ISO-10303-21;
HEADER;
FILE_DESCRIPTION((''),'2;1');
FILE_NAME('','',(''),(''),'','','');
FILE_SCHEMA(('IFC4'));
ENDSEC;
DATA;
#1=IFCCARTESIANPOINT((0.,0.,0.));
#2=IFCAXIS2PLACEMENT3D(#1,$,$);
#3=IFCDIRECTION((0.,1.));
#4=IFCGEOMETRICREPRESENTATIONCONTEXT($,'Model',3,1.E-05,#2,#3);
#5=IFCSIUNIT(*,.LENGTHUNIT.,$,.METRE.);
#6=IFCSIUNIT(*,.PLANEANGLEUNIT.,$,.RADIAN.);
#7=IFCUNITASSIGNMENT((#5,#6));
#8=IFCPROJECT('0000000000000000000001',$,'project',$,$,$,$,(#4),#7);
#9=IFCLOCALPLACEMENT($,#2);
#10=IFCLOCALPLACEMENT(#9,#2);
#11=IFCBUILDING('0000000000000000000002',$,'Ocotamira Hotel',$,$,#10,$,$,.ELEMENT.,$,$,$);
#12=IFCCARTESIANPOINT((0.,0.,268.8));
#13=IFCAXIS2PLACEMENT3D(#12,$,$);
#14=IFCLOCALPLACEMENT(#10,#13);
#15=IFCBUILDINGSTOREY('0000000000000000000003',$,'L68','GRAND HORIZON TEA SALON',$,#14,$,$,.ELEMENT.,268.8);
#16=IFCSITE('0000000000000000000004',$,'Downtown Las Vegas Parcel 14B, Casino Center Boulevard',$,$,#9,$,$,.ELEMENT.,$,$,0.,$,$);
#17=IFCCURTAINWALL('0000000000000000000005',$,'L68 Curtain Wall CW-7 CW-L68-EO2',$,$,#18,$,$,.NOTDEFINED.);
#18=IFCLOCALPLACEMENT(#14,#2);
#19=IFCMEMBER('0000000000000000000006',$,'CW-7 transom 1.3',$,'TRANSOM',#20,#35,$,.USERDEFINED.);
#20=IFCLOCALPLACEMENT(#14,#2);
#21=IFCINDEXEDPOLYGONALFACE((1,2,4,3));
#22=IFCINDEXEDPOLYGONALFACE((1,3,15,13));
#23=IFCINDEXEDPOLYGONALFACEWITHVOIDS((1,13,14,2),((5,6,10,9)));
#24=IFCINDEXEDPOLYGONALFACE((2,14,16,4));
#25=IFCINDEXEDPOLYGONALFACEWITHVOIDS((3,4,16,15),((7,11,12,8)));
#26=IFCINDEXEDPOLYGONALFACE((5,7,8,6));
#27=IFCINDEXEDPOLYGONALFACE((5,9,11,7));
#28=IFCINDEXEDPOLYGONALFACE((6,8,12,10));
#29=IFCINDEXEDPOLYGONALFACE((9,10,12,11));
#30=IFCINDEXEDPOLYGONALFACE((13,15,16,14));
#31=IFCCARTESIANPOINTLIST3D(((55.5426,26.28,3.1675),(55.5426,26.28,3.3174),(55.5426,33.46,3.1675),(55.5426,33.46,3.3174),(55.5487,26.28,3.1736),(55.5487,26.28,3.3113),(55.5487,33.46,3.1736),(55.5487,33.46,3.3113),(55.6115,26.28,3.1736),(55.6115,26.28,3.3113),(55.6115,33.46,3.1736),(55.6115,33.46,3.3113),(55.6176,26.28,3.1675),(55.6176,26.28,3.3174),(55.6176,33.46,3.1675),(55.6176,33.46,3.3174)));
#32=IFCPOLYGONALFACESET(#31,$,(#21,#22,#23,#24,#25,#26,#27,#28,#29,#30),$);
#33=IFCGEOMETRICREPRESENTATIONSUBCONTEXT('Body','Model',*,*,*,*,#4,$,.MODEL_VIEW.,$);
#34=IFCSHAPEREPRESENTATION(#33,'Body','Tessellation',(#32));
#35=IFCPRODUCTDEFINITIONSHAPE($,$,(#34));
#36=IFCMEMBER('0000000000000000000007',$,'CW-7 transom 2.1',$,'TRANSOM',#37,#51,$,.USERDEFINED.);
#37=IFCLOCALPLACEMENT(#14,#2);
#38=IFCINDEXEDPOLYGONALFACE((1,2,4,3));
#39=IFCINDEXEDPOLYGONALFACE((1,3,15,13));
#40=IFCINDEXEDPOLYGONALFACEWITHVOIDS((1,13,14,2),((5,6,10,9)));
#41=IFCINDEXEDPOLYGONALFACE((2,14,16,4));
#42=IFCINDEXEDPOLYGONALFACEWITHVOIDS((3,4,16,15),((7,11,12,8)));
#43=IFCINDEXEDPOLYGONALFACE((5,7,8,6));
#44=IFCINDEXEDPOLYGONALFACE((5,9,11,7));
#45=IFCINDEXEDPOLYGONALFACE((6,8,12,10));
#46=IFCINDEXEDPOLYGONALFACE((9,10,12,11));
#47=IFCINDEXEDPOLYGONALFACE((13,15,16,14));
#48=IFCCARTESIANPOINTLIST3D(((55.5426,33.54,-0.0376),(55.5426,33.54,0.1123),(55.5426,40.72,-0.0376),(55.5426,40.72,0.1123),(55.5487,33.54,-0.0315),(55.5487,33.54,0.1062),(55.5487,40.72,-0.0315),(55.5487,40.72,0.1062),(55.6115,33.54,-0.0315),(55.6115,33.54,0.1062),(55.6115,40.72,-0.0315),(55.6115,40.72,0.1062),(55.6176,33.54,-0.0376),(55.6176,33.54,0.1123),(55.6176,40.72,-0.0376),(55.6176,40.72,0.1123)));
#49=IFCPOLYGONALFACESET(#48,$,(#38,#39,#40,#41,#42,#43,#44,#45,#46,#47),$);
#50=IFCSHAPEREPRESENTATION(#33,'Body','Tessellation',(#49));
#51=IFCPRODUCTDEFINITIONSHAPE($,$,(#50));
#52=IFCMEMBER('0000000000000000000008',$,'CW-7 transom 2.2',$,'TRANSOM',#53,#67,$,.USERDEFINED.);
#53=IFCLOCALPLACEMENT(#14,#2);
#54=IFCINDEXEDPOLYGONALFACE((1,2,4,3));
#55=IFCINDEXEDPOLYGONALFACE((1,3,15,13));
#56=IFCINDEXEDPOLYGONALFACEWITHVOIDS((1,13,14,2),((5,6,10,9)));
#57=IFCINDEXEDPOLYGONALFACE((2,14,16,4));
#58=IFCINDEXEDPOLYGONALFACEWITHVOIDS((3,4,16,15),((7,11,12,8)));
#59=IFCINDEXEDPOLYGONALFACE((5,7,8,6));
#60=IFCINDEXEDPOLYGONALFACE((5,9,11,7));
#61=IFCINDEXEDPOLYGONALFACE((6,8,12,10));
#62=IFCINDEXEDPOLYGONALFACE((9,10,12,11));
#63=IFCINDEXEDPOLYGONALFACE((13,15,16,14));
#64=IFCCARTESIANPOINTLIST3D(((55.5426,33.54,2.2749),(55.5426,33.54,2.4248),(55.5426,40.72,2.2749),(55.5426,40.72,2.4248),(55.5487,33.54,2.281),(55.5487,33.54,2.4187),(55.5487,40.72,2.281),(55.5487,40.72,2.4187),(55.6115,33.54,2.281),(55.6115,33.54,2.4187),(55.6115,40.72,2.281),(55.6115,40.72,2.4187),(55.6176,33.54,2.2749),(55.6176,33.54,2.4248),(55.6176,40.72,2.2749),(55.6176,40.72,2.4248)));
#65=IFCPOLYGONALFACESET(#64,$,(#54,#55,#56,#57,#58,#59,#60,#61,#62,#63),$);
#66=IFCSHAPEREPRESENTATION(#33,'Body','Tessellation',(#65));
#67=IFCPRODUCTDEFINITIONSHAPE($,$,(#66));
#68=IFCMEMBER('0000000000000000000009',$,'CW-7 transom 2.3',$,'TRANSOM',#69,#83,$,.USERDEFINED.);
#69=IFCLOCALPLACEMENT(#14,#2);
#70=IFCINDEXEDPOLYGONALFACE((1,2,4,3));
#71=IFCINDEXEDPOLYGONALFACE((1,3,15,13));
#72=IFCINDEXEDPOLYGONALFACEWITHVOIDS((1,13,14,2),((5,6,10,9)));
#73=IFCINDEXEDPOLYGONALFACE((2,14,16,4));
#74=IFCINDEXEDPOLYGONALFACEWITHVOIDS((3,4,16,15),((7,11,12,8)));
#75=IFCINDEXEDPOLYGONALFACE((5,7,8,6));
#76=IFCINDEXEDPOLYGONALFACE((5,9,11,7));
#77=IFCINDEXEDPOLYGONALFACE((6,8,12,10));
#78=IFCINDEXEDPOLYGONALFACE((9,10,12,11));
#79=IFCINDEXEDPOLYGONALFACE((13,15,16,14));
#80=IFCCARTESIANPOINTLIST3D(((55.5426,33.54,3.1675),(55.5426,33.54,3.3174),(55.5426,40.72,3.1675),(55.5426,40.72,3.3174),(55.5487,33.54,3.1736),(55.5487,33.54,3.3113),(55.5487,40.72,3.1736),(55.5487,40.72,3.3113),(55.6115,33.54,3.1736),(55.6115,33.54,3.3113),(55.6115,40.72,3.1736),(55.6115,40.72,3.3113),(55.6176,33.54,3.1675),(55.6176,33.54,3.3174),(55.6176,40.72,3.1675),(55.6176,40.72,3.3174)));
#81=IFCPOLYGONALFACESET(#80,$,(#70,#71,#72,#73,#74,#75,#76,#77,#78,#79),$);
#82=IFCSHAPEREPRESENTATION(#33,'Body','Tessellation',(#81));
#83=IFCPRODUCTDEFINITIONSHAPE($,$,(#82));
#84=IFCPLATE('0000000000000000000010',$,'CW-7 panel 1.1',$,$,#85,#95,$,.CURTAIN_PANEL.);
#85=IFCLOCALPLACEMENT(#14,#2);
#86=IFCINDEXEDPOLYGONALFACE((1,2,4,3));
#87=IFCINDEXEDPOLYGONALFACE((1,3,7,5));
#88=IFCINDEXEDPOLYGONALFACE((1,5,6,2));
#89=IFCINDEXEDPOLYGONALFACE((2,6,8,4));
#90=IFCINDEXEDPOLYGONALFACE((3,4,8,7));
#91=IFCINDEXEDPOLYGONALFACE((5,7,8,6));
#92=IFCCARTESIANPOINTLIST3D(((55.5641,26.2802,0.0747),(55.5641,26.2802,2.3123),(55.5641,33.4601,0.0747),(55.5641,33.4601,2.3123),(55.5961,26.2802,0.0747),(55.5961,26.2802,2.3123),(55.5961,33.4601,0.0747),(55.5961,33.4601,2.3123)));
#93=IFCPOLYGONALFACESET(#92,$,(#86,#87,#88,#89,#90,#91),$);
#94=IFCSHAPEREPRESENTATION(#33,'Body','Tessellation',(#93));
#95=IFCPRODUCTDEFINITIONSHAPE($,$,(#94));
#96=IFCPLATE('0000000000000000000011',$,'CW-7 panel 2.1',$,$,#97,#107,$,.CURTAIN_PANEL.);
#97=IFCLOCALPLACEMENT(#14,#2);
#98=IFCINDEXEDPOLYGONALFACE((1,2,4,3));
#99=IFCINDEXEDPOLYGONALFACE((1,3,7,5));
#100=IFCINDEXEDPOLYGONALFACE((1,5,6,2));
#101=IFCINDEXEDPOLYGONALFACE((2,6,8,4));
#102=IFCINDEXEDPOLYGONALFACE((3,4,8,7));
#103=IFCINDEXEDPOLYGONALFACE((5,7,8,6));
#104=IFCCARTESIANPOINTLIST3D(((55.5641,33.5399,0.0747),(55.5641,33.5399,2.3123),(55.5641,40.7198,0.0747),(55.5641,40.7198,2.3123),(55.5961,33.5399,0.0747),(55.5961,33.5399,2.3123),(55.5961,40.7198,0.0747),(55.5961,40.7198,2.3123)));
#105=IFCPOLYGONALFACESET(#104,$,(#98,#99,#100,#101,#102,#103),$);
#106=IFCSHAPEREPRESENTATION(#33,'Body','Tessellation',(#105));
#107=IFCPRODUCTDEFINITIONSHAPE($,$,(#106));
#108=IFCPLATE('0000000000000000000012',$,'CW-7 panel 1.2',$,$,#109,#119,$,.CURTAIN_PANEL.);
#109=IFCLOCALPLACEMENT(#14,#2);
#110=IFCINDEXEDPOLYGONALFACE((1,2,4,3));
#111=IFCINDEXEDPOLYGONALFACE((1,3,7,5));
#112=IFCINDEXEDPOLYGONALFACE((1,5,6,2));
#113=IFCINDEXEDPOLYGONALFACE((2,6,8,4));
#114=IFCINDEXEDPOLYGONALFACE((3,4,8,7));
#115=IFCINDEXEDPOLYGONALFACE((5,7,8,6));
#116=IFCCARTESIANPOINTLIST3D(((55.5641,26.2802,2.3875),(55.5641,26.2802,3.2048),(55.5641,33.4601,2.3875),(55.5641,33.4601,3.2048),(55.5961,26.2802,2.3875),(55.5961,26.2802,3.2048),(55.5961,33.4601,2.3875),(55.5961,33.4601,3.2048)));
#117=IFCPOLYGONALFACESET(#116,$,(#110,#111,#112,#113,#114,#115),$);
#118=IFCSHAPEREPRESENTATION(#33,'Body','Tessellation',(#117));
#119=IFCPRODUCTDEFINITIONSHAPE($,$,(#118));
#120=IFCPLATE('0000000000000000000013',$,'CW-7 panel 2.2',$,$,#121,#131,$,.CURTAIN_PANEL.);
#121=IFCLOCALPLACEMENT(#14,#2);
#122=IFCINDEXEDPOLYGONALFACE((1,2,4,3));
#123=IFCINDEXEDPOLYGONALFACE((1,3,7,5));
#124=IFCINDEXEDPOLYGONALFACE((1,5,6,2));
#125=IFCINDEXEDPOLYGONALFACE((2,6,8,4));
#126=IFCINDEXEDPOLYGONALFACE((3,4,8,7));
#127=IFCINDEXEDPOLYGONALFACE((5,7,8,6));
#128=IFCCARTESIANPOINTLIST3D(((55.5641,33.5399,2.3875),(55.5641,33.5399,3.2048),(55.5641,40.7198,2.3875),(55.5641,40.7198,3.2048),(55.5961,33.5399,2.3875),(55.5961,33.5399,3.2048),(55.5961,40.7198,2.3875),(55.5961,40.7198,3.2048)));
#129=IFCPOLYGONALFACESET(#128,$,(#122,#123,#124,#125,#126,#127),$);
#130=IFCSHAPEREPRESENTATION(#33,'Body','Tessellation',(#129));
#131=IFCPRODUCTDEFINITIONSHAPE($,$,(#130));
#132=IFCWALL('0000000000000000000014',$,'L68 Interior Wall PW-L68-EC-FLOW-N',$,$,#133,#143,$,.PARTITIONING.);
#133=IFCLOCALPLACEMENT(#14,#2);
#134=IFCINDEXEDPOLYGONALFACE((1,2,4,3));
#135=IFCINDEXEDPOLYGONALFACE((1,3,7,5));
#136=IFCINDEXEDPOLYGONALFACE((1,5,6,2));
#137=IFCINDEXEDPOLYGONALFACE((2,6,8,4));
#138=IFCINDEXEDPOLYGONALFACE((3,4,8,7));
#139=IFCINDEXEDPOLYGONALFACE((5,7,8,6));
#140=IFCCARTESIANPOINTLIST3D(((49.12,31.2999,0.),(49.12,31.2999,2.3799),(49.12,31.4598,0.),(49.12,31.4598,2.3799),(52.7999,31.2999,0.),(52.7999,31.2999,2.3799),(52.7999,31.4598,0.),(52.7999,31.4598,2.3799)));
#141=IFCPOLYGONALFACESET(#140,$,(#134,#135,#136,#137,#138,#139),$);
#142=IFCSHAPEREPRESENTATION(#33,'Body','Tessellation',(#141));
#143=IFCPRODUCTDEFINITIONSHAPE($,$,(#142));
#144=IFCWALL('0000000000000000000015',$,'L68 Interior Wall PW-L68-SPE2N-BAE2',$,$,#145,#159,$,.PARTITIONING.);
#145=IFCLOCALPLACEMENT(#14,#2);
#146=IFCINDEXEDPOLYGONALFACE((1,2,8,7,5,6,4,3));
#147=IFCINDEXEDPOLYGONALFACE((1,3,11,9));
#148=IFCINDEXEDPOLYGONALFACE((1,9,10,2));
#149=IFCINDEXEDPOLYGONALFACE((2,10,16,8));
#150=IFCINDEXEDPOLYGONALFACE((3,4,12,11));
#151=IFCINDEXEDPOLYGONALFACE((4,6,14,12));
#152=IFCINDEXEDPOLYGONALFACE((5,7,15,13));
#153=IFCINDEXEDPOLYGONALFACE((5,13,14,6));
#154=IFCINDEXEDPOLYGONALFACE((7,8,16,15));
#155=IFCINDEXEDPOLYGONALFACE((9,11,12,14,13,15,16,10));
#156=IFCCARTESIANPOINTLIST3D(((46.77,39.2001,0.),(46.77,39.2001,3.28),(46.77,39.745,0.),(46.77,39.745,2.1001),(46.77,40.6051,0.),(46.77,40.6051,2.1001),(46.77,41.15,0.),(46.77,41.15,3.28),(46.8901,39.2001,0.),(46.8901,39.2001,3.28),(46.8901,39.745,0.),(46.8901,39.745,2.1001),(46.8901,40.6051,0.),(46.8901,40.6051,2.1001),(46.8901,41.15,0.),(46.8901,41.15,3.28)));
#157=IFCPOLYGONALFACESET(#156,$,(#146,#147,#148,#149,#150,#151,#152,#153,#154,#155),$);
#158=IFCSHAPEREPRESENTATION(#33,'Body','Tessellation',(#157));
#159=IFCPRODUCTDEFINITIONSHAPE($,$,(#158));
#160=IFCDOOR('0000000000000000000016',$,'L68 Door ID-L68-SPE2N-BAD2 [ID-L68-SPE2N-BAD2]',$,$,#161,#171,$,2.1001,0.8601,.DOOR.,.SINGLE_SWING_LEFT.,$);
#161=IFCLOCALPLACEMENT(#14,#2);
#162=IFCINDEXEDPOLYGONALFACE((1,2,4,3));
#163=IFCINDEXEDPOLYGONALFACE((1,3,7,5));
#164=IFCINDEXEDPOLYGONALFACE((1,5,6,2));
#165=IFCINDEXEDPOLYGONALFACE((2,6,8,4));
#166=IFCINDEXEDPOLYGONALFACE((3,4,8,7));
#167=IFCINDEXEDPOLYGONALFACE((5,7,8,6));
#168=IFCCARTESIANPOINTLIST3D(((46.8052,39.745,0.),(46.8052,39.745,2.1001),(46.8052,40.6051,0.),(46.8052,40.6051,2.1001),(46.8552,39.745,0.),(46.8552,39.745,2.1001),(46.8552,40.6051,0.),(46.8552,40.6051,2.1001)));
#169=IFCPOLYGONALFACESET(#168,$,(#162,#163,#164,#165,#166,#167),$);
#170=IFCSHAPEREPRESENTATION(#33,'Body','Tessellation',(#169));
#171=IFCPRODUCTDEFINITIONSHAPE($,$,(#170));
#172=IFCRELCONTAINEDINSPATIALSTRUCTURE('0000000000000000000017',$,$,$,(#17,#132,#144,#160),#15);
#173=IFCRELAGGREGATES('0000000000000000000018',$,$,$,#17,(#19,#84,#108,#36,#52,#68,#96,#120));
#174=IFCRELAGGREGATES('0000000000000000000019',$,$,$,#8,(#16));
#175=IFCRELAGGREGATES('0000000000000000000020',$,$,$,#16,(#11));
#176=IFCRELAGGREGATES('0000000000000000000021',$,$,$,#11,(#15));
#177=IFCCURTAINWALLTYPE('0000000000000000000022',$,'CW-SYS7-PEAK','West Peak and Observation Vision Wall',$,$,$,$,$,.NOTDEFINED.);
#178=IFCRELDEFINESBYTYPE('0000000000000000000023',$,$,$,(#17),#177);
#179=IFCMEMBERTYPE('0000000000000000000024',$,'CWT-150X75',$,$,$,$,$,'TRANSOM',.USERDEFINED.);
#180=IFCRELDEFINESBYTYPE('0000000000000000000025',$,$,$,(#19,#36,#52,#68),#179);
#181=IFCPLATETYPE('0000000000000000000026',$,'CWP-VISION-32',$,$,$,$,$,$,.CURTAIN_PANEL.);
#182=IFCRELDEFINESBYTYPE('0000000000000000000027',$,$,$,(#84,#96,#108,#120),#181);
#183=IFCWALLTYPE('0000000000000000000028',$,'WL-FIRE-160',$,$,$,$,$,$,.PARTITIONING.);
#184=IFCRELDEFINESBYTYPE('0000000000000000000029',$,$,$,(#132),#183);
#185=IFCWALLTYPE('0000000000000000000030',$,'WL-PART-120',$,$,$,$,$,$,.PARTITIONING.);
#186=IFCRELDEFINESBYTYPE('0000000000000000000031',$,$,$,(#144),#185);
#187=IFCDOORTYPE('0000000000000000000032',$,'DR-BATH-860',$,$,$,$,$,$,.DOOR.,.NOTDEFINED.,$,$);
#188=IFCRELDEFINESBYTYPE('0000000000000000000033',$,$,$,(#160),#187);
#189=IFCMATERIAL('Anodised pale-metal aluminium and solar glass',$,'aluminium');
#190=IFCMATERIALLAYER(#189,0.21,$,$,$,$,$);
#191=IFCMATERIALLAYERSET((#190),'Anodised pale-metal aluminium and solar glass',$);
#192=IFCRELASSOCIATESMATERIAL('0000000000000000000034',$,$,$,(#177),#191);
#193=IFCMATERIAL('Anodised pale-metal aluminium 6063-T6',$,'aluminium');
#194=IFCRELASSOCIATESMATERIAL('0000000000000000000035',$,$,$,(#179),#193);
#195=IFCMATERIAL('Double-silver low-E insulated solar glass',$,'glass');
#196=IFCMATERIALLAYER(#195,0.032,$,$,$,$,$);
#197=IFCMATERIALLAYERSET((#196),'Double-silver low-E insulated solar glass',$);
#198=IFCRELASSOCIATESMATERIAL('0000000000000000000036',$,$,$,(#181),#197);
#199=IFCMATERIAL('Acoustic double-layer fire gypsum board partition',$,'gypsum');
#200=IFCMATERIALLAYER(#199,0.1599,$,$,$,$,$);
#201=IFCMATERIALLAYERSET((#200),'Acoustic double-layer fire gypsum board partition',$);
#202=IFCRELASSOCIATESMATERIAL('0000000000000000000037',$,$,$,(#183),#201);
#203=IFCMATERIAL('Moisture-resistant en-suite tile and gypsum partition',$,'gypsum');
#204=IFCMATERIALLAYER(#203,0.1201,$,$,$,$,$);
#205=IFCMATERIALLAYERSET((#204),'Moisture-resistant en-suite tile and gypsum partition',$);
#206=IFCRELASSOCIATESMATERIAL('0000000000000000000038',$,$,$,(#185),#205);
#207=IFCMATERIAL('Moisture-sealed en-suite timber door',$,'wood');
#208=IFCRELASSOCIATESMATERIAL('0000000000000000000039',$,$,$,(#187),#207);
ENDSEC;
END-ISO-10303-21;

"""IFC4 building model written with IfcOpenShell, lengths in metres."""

from ifc_helpers import new_model, si_unit, direction, frame, frame_2d, origin, origin_2d, place, context, subcontext, project, spatial, rectangle, hollow_rectangle, extrude, source, transform, mapped, material, layer, layer_set, material_profile, profile_set, type_object, element, fill, aggregate, save


model = new_model("IFC4")

# Units and contexts
model_context = context("Model", 3, precision=1e-05, world=origin(), true_north=direction((0.0, 1.0)))
body_context = subcontext(model_context, "Body", "Model", "MODEL_VIEW")
ifc_project = project(units=[si_unit("LENGTHUNIT", "METRE"), si_unit("PLANEANGLEUNIT", "RADIAN")], contexts=[model_context])

# Site, building, storey
site_placement = place(None, origin())
site = spatial("IfcSite", under=ifc_project, at=site_placement, Name="Downtown Las Vegas Parcel 14B, Casino Center Boulevard", CompositionType="ELEMENT", RefElevation=0.0)
building_placement = place(site_placement, origin())
building = spatial("IfcBuilding", under=site, at=building_placement, Name="Ocotamira Hotel", CompositionType="ELEMENT")
storey_placement = place(building_placement, frame((0.0, 0.0, 268.8)))
storey = spatial("IfcBuildingStorey", under=building, at=storey_placement, Name="L68", Description="GRAND HORIZON TEA SALON", CompositionType="ELEMENT", Elevation=268.8)

# Curtain wall, members, plates
ifc_material_1 = material(Name="Anodised pale-metal aluminium and solar glass", Category="aluminium")
ifc_layer_1 = layer(ifc_material_1, 0.21)
ifc_layer_set_1 = layer_set([ifc_layer_1], Name="Anodised pale-metal aluminium and solar glass")
curtain_wall_type = type_object("IfcCurtainWallType", Name="CW-SYS7-PEAK", Description="West Peak and Observation Vision Wall", PredefinedType="NOTDEFINED", material=ifc_layer_set_1)
curtain_wall_placement = place(storey_placement, origin())
curtain_wall = element("IfcCurtainWall", 1, at=curtain_wall_placement, inside=storey, type_object=curtain_wall_type, Name="L68 Curtain Wall CW-7 CW-L68-EO2", PredefinedType="NOTDEFINED")
ifc_material_2 = material(Name="Anodised pale-metal aluminium 6063-T6", Category="aluminium")
ifc_material_profile_1 = material_profile(ifc_material_2, hollow_rectangle(XDim=0.075, YDim=0.1499, WallThickness=0.0061, at=origin_2d()), Name="HSS150X75X6")
ifc_profile_set_1 = profile_set([ifc_material_profile_1], Name="Anodised pale-metal aluminium 6063-T6")
member_type_1 = type_object("IfcMemberType", Name="CWT-150X75", ElementType="TRANSOM", PredefinedType="USERDEFINED", material=ifc_profile_set_1)
shared_shape_1 = source(origin(), body_context, "Body", "SweptSolid", [
    extrude(hollow_rectangle(XDim=0.075, YDim=0.1499, WallThickness=0.0061, at=origin_2d()), origin(), (0.0, 0.0, 1.0), 7.1799),
])
member_1_placement = place(storey_placement, frame((55.5801, 26.28, 3.2424), z_axis=(0.0, 1.0, 0.0), x_axis=(-1.0, 0.0, 0.0)))
member_1 = element("IfcMember", 2, at=member_1_placement, type_object=member_type_1, Name="CW-7 transom 1.3", ObjectType="TRANSOM", PredefinedType="USERDEFINED", context=body_context, shape_type="MappedRepresentation", body=[
    mapped(shared_shape_1, transform((0.0, 0.0, 0.0), scale=1.0)),
])
member_2_placement = place(storey_placement, frame((55.5801, 33.54, 0.0374), z_axis=(0.0, 1.0, 0.0), x_axis=(-1.0, 0.0, 0.0)))
member_2 = element("IfcMember", 3, at=member_2_placement, type_object=member_type_1, Name="CW-7 transom 2.1", ObjectType="TRANSOM", PredefinedType="USERDEFINED", context=body_context, shape_type="MappedRepresentation", body=[
    mapped(shared_shape_1, transform((0.0, 0.0, 0.0), scale=1.0)),
])
member_3_placement = place(storey_placement, frame((55.5801, 33.54, 2.3499), z_axis=(0.0, 1.0, 0.0), x_axis=(-1.0, 0.0, 0.0)))
member_3 = element("IfcMember", 4, at=member_3_placement, type_object=member_type_1, Name="CW-7 transom 2.2", ObjectType="TRANSOM", PredefinedType="USERDEFINED", context=body_context, shape_type="MappedRepresentation", body=[
    mapped(shared_shape_1, transform((0.0, 0.0, 0.0), scale=1.0)),
])
member_4_placement = place(storey_placement, frame((55.5801, 33.54, 3.2424), z_axis=(0.0, 1.0, 0.0), x_axis=(-1.0, 0.0, 0.0)))
member_4 = element("IfcMember", 5, at=member_4_placement, type_object=member_type_1, Name="CW-7 transom 2.3", ObjectType="TRANSOM", PredefinedType="USERDEFINED", context=body_context, shape_type="MappedRepresentation", body=[
    mapped(shared_shape_1, transform((0.0, 0.0, 0.0), scale=1.0)),
])
ifc_material_3 = material(Name="Double-silver low-E insulated solar glass", Category="glass")
ifc_layer_2 = layer(ifc_material_3, 0.032)
ifc_layer_set_2 = layer_set([ifc_layer_2], Name="Double-silver low-E insulated solar glass")
plate_type = type_object("IfcPlateType", Name="CWP-VISION-32", PredefinedType="CURTAIN_PANEL", material=ifc_layer_set_2)
shared_shape_2 = source(origin(), body_context, "Body", "SweptSolid", [
    extrude(rectangle(XDim=7.1799, YDim=0.032, at=origin_2d()), origin(), (0.0, 0.0, 1.0), 2.2375),
])
plate_1_placement = place(storey_placement, frame((55.5801, 29.8701, 0.0747), z_axis=(0.0, 0.0, 1.0), x_axis=(0.0, 1.0, 0.0)))
plate_1 = element("IfcPlate", 6, at=plate_1_placement, type_object=plate_type, Name="CW-7 panel 1.1", PredefinedType="CURTAIN_PANEL", context=body_context, shape_type="MappedRepresentation", body=[
    mapped(shared_shape_2, transform((0.0, 0.0, 0.0), scale=1.0)),
])
plate_2_placement = place(storey_placement, frame((55.5801, 37.1299, 0.0747), z_axis=(0.0, 0.0, 1.0), x_axis=(0.0, 1.0, 0.0)))
plate_2 = element("IfcPlate", 7, at=plate_2_placement, type_object=plate_type, Name="CW-7 panel 2.1", PredefinedType="CURTAIN_PANEL", context=body_context, shape_type="MappedRepresentation", body=[
    mapped(shared_shape_2, transform((0.0, 0.0, 0.0), scale=1.0)),
])
shared_shape_3 = source(origin(), body_context, "Body", "SweptSolid", [
    extrude(rectangle(XDim=7.1799, YDim=0.032, at=origin_2d()), origin(), (0.0, 0.0, 1.0), 0.8174),
])
plate_3_placement = place(storey_placement, frame((55.5801, 29.8701, 2.3875), z_axis=(0.0, 0.0, 1.0), x_axis=(0.0, 1.0, 0.0)))
plate_3 = element("IfcPlate", 8, at=plate_3_placement, type_object=plate_type, Name="CW-7 panel 1.2", PredefinedType="CURTAIN_PANEL", context=body_context, shape_type="MappedRepresentation", body=[
    mapped(shared_shape_3, transform((0.0, 0.0, 0.0), scale=1.0)),
])
plate_4_placement = place(storey_placement, frame((55.5801, 37.1299, 2.3875), z_axis=(0.0, 0.0, 1.0), x_axis=(0.0, 1.0, 0.0)))
plate_4 = element("IfcPlate", 9, at=plate_4_placement, type_object=plate_type, Name="CW-7 panel 2.2", PredefinedType="CURTAIN_PANEL", context=body_context, shape_type="MappedRepresentation", body=[
    mapped(shared_shape_3, transform((0.0, 0.0, 0.0), scale=1.0)),
])
aggregate(curtain_wall, [member_1, plate_1, plate_3, member_2, member_3, member_4, plate_2, plate_4])

# Wall
ifc_material_4 = material(Name="Acoustic double-layer fire gypsum board partition", Category="gypsum")
ifc_layer_3 = layer(ifc_material_4, 0.1599)
ifc_layer_set_3 = layer_set([ifc_layer_3], Name="Acoustic double-layer fire gypsum board partition")
wall_type_1 = type_object("IfcWallType", Name="WL-FIRE-160", PredefinedType="PARTITIONING", material=ifc_layer_set_3)
wall_1_placement = place(storey_placement, frame((49.1201, 31.3799, 0.0), z_axis=(0.0, 0.0, 1.0), x_axis=(1.0, 0.0, 0.0)))
element("IfcWall", 10, at=wall_1_placement, inside=storey, type_object=wall_type_1, Name="L68 Interior Wall PW-L68-EC-FLOW-N", PredefinedType="PARTITIONING", context=body_context, shape_type="SweptSolid", body=[
    extrude(rectangle(XDim=3.6799, YDim=0.1599, at=frame_2d((1.8398, 0.0))), origin(), (0.0, 0.0, 1.0), 2.3799),
])

# Wall, opening, door
ifc_material_5 = material(Name="Moisture-resistant en-suite tile and gypsum partition", Category="gypsum")
ifc_layer_4 = layer(ifc_material_5, 0.1201)
ifc_layer_set_4 = layer_set([ifc_layer_4], Name="Moisture-resistant en-suite tile and gypsum partition")
wall_type_2 = type_object("IfcWallType", Name="WL-PART-120", PredefinedType="PARTITIONING", material=ifc_layer_set_4)
wall_2_placement = place(storey_placement, frame((46.8301, 39.2, 0.0), z_axis=(0.0, 0.0, 1.0), x_axis=(0.0, 1.0, 0.0)))
wall_2 = element("IfcWall", 11, at=wall_2_placement, inside=storey, type_object=wall_type_2, Name="L68 Interior Wall PW-L68-SPE2N-BAE2", PredefinedType="PARTITIONING", context=body_context, shape_type="SweptSolid", body=[
    extrude(rectangle(XDim=1.95, YDim=0.1201, at=frame_2d((0.9751, 0.0))), origin(), (0.0, 0.0, 1.0), 3.28),
])
opening_1_placement = place(wall_2_placement, frame((0.5449, 0.0, 0.0)))
opening_1 = element("IfcOpeningElement", 12, at=opening_1_placement, cuts=wall_2, PredefinedType="OPENING", context=body_context, shape_type="SweptSolid", body=[
    extrude(rectangle(XDim=0.8601, YDim=2.1001, at=frame_2d((0.4302, 1.05))), frame((0.0, 0.0701, 0.0), z_axis=(0.0, -1.0, 0.0), x_axis=(1.0, 0.0, 0.0)), (0.0, 0.0, 1.0), 0.1401),
])
ifc_material_6 = material(Name="Moisture-sealed en-suite timber door", Category="wood")
door_type_1 = type_object("IfcDoorType", Name="DR-BATH-860", OperationType="NOTDEFINED", PredefinedType="DOOR", material=ifc_material_6)
shared_shape_4 = source(origin(), body_context, "Body", "SweptSolid", [
    extrude(rectangle(XDim=0.8601, YDim=2.1001, at=frame_2d((0.4302, 1.05))), frame((0.0, 0.0249, 0.0), z_axis=(0.0, -1.0, 0.0), x_axis=(1.0, 0.0, 0.0)), (0.0, 0.0, 1.0), 0.05),
])
door_1_placement = place(opening_1_placement, origin())
door_1 = element("IfcDoor", 13, at=door_1_placement, inside=storey, type_object=door_type_1, Name="L68 Door ID-L68-SPE2N-BAD2 [ID-L68-SPE2N-BAD2]", OperationType="SINGLE_SWING_LEFT", OverallHeight=2.1001, OverallWidth=0.8601, PredefinedType="DOOR", context=body_context, shape_type="MappedRepresentation", body=[
    mapped(shared_shape_4, transform((0.0, 0.0, 0.0), scale=1.0)),
])
fill(opening_1, door_1)

save(model, "model.ifc")
